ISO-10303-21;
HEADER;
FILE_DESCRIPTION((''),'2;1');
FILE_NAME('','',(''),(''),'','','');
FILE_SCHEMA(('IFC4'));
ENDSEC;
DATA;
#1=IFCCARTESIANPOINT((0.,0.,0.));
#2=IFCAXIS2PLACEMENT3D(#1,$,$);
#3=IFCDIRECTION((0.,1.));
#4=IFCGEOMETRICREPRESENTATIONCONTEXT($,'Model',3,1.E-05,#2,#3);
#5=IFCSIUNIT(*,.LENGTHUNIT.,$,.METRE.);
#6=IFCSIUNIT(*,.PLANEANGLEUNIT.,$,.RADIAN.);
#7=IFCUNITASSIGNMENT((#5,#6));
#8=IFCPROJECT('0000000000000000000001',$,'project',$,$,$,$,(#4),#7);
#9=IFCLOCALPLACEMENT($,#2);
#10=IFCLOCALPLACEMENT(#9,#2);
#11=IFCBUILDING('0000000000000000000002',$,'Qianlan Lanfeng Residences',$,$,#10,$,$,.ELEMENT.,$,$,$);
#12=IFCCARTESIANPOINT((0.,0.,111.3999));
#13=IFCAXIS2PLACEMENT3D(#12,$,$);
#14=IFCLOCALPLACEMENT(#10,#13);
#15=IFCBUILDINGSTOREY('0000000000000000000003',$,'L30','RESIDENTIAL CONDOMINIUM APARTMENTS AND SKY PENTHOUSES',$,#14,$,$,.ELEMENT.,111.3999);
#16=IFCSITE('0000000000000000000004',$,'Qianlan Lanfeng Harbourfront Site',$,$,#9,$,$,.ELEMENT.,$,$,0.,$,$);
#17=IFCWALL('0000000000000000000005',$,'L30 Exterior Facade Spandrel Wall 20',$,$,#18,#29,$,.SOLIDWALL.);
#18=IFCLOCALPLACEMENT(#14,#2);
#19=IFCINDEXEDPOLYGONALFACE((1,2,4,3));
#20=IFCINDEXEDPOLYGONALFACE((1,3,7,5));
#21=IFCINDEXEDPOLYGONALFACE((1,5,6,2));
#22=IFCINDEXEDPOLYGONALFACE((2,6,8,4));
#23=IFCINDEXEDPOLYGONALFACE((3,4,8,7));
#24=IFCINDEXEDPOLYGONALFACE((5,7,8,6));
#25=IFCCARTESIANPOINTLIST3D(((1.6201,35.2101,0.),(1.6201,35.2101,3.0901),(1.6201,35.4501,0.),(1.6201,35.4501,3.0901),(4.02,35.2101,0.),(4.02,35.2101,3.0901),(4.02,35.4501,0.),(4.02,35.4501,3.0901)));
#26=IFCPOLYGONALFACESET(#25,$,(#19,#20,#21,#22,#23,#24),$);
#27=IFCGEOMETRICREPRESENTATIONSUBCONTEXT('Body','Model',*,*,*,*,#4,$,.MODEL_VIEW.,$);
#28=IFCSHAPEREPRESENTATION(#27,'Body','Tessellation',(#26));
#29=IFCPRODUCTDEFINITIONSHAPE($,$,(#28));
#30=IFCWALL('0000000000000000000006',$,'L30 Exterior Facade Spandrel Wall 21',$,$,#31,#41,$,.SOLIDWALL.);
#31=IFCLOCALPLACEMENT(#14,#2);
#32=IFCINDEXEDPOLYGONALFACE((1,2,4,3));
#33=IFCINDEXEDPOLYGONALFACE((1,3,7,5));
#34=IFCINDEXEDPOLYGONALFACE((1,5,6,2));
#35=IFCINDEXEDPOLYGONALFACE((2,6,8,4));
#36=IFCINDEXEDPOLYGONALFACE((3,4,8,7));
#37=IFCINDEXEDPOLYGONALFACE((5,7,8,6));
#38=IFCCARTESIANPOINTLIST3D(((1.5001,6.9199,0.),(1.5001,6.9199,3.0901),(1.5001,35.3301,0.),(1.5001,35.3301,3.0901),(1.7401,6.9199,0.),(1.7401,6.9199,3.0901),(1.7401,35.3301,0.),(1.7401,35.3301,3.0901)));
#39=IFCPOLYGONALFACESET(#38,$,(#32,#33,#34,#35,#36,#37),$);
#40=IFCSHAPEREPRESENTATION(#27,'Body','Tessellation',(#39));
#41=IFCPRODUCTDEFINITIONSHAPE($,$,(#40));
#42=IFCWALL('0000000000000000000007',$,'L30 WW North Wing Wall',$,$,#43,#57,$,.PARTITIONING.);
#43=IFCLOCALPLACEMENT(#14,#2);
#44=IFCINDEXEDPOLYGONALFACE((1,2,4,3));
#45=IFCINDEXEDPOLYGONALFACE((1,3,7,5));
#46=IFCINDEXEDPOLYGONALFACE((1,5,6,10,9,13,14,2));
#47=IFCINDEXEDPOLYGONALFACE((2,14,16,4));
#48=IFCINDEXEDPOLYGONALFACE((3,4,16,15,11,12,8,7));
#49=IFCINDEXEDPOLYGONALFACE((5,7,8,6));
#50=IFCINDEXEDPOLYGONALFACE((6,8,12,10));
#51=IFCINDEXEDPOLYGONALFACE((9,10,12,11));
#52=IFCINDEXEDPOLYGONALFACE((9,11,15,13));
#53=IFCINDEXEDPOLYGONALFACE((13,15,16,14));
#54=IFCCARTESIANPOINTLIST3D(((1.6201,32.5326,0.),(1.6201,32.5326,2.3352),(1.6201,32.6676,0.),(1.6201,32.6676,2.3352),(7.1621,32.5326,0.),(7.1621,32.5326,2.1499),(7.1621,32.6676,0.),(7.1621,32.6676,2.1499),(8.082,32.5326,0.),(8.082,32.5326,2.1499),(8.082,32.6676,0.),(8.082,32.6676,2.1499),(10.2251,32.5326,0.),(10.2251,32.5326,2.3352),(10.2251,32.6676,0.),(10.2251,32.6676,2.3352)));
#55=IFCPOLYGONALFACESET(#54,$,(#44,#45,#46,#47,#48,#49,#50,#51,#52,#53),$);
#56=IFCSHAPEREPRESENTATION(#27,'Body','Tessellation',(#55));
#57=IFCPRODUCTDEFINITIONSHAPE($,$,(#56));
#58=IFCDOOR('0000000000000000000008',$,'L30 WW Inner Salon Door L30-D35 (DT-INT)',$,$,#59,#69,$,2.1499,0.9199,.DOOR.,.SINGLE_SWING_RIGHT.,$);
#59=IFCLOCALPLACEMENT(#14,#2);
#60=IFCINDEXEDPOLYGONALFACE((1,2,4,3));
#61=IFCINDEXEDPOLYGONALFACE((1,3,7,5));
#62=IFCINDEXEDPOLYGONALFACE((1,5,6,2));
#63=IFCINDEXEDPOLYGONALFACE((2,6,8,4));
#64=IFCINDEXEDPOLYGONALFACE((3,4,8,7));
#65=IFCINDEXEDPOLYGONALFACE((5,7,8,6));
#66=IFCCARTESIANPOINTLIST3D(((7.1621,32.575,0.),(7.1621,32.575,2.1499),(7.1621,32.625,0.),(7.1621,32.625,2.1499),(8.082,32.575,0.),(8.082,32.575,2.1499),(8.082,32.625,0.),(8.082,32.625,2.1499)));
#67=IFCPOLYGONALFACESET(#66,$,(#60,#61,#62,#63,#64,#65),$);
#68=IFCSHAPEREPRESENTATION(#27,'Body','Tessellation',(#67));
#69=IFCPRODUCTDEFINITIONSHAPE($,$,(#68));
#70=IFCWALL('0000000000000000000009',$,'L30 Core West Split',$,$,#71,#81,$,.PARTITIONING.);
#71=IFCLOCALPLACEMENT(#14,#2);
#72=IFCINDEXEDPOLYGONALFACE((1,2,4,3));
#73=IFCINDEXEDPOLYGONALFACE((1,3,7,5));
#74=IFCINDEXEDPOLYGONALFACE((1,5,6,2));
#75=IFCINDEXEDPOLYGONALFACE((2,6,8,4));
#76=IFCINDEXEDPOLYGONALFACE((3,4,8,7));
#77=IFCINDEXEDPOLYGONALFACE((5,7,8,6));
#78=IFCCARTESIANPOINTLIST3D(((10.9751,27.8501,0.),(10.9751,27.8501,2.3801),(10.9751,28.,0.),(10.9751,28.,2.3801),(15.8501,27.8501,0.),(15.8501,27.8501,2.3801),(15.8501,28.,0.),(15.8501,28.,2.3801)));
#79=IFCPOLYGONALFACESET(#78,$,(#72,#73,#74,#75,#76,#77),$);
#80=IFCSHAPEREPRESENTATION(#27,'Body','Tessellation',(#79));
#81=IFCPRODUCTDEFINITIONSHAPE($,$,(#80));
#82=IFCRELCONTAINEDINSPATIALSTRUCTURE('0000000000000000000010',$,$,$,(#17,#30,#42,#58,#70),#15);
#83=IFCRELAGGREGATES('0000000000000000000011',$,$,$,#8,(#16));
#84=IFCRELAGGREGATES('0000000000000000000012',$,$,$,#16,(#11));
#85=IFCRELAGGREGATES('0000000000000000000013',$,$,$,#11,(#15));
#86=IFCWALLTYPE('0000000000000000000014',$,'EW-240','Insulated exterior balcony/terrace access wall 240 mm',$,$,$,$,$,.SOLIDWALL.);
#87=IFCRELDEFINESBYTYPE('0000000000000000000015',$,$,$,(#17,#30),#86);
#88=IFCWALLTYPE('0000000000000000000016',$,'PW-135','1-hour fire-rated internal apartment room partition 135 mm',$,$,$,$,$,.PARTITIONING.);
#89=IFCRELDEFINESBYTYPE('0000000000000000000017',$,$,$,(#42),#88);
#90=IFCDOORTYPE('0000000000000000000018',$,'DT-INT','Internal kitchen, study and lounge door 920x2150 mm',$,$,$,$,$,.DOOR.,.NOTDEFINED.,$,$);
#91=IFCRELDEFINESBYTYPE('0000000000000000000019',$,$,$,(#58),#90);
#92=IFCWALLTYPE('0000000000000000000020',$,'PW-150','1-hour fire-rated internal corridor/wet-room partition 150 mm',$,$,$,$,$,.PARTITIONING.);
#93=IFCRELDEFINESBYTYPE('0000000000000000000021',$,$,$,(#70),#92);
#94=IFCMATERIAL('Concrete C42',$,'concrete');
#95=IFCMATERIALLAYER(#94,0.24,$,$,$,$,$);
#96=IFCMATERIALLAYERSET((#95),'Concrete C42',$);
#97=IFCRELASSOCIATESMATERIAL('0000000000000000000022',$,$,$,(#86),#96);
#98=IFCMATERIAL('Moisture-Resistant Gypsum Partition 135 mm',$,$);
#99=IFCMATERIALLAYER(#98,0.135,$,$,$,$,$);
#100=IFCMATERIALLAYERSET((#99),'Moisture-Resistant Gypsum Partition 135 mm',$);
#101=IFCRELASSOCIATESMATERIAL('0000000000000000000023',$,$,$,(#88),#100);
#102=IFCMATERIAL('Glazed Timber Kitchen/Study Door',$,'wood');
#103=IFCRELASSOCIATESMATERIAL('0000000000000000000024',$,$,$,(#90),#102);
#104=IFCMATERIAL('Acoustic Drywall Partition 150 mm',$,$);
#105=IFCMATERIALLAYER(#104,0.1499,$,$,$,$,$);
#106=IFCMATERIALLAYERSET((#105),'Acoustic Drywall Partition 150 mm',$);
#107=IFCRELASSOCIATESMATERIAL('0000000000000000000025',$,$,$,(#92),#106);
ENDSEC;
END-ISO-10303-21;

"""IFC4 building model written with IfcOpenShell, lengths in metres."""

from ifc_helpers import new_model, si_unit, direction, frame, frame_2d, origin, place, context, subcontext, project, spatial, rectangle, extrude, material, layer, layer_set, type_object, element, fill, save


model = new_model("IFC4")

# Units and contexts
model_context = context("Model", 3, precision=1e-05, world=origin(), true_north=direction((0.0, 1.0)))
body_context = subcontext(model_context, "Body", "Model", "MODEL_VIEW")
ifc_project = project(units=[si_unit("LENGTHUNIT", "METRE"), si_unit("PLANEANGLEUNIT", "RADIAN")], contexts=[model_context])

# Site, building, storey
site_placement = place(None, origin())
site = spatial("IfcSite", under=ifc_project, at=site_placement, Name="Qianlan Lanfeng Harbourfront Site", CompositionType="ELEMENT", RefElevation=0.0)
building_placement = place(site_placement, origin())
building = spatial("IfcBuilding", under=site, at=building_placement, Name="Qianlan Lanfeng Residences", CompositionType="ELEMENT")
storey_placement = place(building_placement, frame((0.0, 0.0, 111.3999)))
storey = spatial("IfcBuildingStorey", under=building, at=storey_placement, Name="L30", Description="RESIDENTIAL CONDOMINIUM APARTMENTS AND SKY PENTHOUSES", CompositionType="ELEMENT", Elevation=111.3999)

# Walls
ifc_material_1 = material(Name="Concrete C42", Category="concrete")
ifc_layer_1 = layer(ifc_material_1, 0.24)
ifc_layer_set_1 = layer_set([ifc_layer_1], Name="Concrete C42")
wall_type_1 = type_object("IfcWallType", Name="EW-240", Description="Insulated exterior balcony/terrace access wall 240 mm", PredefinedType="SOLIDWALL", material=ifc_layer_set_1)
for number, where, z_axis, x_axis, name in (
    (1, (4.02, 35.3301, 0.0), (0.0, 0.0, 1.0), (-1.0, 0.0, 0.0), "L30 Exterior Facade Spandrel Wall 20"),
):
    element("IfcWall", number, at=place(storey_placement, frame(where, z_axis=z_axis, x_axis=x_axis)), inside=storey, type_object=wall_type_1, Name=name, PredefinedType="SOLIDWALL", context=body_context, shape_type="SweptSolid", body=[
        extrude(rectangle(XDim=2.3999, YDim=0.24, at=frame_2d((1.2, 0.0))), origin(), (0.0, 0.0, 1.0), 3.0901),
    ])
wall_1_placement = place(storey_placement, frame((1.6201, 35.3301, 0.0), z_axis=(0.0, 0.0, 1.0), x_axis=(0.0, -1.0, 0.0)))
element("IfcWall", 2, at=wall_1_placement, inside=storey, type_object=wall_type_1, Name="L30 Exterior Facade Spandrel Wall 21", PredefinedType="SOLIDWALL", context=body_context, shape_type="SweptSolid", body=[
    extrude(rectangle(XDim=28.4102, YDim=0.24, at=frame_2d((14.2051, 0.0))), origin(), (0.0, 0.0, 1.0), 3.0901),
])

# Wall, opening, door
ifc_material_2 = material(Name="Moisture-Resistant Gypsum Partition 135 mm")
ifc_layer_2 = layer(ifc_material_2, 0.135)
ifc_layer_set_2 = layer_set([ifc_layer_2], Name="Moisture-Resistant Gypsum Partition 135 mm")
wall_type_2 = type_object("IfcWallType", Name="PW-135", Description="1-hour fire-rated internal apartment room partition 135 mm", PredefinedType="PARTITIONING", material=ifc_layer_set_2)
wall_2_placement = place(storey_placement, frame((1.6201, 32.6001, 0.0), z_axis=(0.0, 0.0, 1.0), x_axis=(1.0, 0.0, 0.0)))
wall_2 = element("IfcWall", 3, at=wall_2_placement, inside=storey, type_object=wall_type_2, Name="L30 WW North Wing Wall", PredefinedType="PARTITIONING", context=body_context, shape_type="SweptSolid", body=[
    extrude(rectangle(XDim=8.605, YDim=0.135, at=frame_2d((4.3025, 0.0))), origin(), (0.0, 0.0, 1.0), 2.3352),
])
opening_1_placement = place(wall_2_placement, frame((5.542, 0.0, 0.0)))
opening_1 = element("IfcOpeningElement", 4, at=opening_1_placement, cuts=wall_2, PredefinedType="OPENING", context=body_context, shape_type="SweptSolid", body=[
    extrude(rectangle(XDim=0.9199, YDim=2.1499, at=frame_2d((0.46, 1.075))), frame((0.0, 0.0776, 0.0), z_axis=(0.0, -1.0, 0.0), x_axis=(1.0, 0.0, 0.0)), (0.0, 0.0, 1.0), 0.155),
])
ifc_material_3 = material(Name="Glazed Timber Kitchen/Study Door", Category="wood")
door_type_1 = type_object("IfcDoorType", Name="DT-INT", Description="Internal kitchen, study and lounge door 920x2150 mm", OperationType="NOTDEFINED", PredefinedType="DOOR", material=ifc_material_3)
door_1_placement = place(opening_1_placement, origin())
door_1 = element("IfcDoor", 5, at=door_1_placement, inside=storey, type_object=door_type_1, Name="L30 WW Inner Salon Door L30-D35 (DT-INT)", OperationType="SINGLE_SWING_RIGHT", OverallHeight=2.1499, OverallWidth=0.9199, PredefinedType="DOOR", context=body_context, shape_type="SweptSolid", body=[
    extrude(rectangle(XDim=0.9199, YDim=2.1499, at=frame_2d((0.46, 1.075))), frame((0.0, 0.0249, 0.0), z_axis=(0.0, -1.0, 0.0), x_axis=(1.0, 0.0, 0.0)), (0.0, 0.0, 1.0), 0.05),
])
fill(opening_1, door_1)

# Wall
ifc_material_4 = material(Name="Acoustic Drywall Partition 150 mm")
ifc_layer_3 = layer(ifc_material_4, 0.1499)
ifc_layer_set_3 = layer_set([ifc_layer_3], Name="Acoustic Drywall Partition 150 mm")
wall_type_3 = type_object("IfcWallType", Name="PW-150", Description="1-hour fire-rated internal corridor/wet-room partition 150 mm", PredefinedType="PARTITIONING", material=ifc_layer_set_3)
wall_3_placement = place(storey_placement, frame((10.9751, 27.925, 0.0), z_axis=(0.0, 0.0, 1.0), x_axis=(1.0, 0.0, 0.0)))
element("IfcWall", 6, at=wall_3_placement, inside=storey, type_object=wall_type_3, Name="L30 Core West Split", PredefinedType="PARTITIONING", context=body_context, shape_type="SweptSolid", body=[
    extrude(rectangle(XDim=4.875, YDim=0.1499, at=frame_2d((2.4375, 0.0))), origin(), (0.0, 0.0, 1.0), 2.3801),
])

save(model, "model.ifc")
